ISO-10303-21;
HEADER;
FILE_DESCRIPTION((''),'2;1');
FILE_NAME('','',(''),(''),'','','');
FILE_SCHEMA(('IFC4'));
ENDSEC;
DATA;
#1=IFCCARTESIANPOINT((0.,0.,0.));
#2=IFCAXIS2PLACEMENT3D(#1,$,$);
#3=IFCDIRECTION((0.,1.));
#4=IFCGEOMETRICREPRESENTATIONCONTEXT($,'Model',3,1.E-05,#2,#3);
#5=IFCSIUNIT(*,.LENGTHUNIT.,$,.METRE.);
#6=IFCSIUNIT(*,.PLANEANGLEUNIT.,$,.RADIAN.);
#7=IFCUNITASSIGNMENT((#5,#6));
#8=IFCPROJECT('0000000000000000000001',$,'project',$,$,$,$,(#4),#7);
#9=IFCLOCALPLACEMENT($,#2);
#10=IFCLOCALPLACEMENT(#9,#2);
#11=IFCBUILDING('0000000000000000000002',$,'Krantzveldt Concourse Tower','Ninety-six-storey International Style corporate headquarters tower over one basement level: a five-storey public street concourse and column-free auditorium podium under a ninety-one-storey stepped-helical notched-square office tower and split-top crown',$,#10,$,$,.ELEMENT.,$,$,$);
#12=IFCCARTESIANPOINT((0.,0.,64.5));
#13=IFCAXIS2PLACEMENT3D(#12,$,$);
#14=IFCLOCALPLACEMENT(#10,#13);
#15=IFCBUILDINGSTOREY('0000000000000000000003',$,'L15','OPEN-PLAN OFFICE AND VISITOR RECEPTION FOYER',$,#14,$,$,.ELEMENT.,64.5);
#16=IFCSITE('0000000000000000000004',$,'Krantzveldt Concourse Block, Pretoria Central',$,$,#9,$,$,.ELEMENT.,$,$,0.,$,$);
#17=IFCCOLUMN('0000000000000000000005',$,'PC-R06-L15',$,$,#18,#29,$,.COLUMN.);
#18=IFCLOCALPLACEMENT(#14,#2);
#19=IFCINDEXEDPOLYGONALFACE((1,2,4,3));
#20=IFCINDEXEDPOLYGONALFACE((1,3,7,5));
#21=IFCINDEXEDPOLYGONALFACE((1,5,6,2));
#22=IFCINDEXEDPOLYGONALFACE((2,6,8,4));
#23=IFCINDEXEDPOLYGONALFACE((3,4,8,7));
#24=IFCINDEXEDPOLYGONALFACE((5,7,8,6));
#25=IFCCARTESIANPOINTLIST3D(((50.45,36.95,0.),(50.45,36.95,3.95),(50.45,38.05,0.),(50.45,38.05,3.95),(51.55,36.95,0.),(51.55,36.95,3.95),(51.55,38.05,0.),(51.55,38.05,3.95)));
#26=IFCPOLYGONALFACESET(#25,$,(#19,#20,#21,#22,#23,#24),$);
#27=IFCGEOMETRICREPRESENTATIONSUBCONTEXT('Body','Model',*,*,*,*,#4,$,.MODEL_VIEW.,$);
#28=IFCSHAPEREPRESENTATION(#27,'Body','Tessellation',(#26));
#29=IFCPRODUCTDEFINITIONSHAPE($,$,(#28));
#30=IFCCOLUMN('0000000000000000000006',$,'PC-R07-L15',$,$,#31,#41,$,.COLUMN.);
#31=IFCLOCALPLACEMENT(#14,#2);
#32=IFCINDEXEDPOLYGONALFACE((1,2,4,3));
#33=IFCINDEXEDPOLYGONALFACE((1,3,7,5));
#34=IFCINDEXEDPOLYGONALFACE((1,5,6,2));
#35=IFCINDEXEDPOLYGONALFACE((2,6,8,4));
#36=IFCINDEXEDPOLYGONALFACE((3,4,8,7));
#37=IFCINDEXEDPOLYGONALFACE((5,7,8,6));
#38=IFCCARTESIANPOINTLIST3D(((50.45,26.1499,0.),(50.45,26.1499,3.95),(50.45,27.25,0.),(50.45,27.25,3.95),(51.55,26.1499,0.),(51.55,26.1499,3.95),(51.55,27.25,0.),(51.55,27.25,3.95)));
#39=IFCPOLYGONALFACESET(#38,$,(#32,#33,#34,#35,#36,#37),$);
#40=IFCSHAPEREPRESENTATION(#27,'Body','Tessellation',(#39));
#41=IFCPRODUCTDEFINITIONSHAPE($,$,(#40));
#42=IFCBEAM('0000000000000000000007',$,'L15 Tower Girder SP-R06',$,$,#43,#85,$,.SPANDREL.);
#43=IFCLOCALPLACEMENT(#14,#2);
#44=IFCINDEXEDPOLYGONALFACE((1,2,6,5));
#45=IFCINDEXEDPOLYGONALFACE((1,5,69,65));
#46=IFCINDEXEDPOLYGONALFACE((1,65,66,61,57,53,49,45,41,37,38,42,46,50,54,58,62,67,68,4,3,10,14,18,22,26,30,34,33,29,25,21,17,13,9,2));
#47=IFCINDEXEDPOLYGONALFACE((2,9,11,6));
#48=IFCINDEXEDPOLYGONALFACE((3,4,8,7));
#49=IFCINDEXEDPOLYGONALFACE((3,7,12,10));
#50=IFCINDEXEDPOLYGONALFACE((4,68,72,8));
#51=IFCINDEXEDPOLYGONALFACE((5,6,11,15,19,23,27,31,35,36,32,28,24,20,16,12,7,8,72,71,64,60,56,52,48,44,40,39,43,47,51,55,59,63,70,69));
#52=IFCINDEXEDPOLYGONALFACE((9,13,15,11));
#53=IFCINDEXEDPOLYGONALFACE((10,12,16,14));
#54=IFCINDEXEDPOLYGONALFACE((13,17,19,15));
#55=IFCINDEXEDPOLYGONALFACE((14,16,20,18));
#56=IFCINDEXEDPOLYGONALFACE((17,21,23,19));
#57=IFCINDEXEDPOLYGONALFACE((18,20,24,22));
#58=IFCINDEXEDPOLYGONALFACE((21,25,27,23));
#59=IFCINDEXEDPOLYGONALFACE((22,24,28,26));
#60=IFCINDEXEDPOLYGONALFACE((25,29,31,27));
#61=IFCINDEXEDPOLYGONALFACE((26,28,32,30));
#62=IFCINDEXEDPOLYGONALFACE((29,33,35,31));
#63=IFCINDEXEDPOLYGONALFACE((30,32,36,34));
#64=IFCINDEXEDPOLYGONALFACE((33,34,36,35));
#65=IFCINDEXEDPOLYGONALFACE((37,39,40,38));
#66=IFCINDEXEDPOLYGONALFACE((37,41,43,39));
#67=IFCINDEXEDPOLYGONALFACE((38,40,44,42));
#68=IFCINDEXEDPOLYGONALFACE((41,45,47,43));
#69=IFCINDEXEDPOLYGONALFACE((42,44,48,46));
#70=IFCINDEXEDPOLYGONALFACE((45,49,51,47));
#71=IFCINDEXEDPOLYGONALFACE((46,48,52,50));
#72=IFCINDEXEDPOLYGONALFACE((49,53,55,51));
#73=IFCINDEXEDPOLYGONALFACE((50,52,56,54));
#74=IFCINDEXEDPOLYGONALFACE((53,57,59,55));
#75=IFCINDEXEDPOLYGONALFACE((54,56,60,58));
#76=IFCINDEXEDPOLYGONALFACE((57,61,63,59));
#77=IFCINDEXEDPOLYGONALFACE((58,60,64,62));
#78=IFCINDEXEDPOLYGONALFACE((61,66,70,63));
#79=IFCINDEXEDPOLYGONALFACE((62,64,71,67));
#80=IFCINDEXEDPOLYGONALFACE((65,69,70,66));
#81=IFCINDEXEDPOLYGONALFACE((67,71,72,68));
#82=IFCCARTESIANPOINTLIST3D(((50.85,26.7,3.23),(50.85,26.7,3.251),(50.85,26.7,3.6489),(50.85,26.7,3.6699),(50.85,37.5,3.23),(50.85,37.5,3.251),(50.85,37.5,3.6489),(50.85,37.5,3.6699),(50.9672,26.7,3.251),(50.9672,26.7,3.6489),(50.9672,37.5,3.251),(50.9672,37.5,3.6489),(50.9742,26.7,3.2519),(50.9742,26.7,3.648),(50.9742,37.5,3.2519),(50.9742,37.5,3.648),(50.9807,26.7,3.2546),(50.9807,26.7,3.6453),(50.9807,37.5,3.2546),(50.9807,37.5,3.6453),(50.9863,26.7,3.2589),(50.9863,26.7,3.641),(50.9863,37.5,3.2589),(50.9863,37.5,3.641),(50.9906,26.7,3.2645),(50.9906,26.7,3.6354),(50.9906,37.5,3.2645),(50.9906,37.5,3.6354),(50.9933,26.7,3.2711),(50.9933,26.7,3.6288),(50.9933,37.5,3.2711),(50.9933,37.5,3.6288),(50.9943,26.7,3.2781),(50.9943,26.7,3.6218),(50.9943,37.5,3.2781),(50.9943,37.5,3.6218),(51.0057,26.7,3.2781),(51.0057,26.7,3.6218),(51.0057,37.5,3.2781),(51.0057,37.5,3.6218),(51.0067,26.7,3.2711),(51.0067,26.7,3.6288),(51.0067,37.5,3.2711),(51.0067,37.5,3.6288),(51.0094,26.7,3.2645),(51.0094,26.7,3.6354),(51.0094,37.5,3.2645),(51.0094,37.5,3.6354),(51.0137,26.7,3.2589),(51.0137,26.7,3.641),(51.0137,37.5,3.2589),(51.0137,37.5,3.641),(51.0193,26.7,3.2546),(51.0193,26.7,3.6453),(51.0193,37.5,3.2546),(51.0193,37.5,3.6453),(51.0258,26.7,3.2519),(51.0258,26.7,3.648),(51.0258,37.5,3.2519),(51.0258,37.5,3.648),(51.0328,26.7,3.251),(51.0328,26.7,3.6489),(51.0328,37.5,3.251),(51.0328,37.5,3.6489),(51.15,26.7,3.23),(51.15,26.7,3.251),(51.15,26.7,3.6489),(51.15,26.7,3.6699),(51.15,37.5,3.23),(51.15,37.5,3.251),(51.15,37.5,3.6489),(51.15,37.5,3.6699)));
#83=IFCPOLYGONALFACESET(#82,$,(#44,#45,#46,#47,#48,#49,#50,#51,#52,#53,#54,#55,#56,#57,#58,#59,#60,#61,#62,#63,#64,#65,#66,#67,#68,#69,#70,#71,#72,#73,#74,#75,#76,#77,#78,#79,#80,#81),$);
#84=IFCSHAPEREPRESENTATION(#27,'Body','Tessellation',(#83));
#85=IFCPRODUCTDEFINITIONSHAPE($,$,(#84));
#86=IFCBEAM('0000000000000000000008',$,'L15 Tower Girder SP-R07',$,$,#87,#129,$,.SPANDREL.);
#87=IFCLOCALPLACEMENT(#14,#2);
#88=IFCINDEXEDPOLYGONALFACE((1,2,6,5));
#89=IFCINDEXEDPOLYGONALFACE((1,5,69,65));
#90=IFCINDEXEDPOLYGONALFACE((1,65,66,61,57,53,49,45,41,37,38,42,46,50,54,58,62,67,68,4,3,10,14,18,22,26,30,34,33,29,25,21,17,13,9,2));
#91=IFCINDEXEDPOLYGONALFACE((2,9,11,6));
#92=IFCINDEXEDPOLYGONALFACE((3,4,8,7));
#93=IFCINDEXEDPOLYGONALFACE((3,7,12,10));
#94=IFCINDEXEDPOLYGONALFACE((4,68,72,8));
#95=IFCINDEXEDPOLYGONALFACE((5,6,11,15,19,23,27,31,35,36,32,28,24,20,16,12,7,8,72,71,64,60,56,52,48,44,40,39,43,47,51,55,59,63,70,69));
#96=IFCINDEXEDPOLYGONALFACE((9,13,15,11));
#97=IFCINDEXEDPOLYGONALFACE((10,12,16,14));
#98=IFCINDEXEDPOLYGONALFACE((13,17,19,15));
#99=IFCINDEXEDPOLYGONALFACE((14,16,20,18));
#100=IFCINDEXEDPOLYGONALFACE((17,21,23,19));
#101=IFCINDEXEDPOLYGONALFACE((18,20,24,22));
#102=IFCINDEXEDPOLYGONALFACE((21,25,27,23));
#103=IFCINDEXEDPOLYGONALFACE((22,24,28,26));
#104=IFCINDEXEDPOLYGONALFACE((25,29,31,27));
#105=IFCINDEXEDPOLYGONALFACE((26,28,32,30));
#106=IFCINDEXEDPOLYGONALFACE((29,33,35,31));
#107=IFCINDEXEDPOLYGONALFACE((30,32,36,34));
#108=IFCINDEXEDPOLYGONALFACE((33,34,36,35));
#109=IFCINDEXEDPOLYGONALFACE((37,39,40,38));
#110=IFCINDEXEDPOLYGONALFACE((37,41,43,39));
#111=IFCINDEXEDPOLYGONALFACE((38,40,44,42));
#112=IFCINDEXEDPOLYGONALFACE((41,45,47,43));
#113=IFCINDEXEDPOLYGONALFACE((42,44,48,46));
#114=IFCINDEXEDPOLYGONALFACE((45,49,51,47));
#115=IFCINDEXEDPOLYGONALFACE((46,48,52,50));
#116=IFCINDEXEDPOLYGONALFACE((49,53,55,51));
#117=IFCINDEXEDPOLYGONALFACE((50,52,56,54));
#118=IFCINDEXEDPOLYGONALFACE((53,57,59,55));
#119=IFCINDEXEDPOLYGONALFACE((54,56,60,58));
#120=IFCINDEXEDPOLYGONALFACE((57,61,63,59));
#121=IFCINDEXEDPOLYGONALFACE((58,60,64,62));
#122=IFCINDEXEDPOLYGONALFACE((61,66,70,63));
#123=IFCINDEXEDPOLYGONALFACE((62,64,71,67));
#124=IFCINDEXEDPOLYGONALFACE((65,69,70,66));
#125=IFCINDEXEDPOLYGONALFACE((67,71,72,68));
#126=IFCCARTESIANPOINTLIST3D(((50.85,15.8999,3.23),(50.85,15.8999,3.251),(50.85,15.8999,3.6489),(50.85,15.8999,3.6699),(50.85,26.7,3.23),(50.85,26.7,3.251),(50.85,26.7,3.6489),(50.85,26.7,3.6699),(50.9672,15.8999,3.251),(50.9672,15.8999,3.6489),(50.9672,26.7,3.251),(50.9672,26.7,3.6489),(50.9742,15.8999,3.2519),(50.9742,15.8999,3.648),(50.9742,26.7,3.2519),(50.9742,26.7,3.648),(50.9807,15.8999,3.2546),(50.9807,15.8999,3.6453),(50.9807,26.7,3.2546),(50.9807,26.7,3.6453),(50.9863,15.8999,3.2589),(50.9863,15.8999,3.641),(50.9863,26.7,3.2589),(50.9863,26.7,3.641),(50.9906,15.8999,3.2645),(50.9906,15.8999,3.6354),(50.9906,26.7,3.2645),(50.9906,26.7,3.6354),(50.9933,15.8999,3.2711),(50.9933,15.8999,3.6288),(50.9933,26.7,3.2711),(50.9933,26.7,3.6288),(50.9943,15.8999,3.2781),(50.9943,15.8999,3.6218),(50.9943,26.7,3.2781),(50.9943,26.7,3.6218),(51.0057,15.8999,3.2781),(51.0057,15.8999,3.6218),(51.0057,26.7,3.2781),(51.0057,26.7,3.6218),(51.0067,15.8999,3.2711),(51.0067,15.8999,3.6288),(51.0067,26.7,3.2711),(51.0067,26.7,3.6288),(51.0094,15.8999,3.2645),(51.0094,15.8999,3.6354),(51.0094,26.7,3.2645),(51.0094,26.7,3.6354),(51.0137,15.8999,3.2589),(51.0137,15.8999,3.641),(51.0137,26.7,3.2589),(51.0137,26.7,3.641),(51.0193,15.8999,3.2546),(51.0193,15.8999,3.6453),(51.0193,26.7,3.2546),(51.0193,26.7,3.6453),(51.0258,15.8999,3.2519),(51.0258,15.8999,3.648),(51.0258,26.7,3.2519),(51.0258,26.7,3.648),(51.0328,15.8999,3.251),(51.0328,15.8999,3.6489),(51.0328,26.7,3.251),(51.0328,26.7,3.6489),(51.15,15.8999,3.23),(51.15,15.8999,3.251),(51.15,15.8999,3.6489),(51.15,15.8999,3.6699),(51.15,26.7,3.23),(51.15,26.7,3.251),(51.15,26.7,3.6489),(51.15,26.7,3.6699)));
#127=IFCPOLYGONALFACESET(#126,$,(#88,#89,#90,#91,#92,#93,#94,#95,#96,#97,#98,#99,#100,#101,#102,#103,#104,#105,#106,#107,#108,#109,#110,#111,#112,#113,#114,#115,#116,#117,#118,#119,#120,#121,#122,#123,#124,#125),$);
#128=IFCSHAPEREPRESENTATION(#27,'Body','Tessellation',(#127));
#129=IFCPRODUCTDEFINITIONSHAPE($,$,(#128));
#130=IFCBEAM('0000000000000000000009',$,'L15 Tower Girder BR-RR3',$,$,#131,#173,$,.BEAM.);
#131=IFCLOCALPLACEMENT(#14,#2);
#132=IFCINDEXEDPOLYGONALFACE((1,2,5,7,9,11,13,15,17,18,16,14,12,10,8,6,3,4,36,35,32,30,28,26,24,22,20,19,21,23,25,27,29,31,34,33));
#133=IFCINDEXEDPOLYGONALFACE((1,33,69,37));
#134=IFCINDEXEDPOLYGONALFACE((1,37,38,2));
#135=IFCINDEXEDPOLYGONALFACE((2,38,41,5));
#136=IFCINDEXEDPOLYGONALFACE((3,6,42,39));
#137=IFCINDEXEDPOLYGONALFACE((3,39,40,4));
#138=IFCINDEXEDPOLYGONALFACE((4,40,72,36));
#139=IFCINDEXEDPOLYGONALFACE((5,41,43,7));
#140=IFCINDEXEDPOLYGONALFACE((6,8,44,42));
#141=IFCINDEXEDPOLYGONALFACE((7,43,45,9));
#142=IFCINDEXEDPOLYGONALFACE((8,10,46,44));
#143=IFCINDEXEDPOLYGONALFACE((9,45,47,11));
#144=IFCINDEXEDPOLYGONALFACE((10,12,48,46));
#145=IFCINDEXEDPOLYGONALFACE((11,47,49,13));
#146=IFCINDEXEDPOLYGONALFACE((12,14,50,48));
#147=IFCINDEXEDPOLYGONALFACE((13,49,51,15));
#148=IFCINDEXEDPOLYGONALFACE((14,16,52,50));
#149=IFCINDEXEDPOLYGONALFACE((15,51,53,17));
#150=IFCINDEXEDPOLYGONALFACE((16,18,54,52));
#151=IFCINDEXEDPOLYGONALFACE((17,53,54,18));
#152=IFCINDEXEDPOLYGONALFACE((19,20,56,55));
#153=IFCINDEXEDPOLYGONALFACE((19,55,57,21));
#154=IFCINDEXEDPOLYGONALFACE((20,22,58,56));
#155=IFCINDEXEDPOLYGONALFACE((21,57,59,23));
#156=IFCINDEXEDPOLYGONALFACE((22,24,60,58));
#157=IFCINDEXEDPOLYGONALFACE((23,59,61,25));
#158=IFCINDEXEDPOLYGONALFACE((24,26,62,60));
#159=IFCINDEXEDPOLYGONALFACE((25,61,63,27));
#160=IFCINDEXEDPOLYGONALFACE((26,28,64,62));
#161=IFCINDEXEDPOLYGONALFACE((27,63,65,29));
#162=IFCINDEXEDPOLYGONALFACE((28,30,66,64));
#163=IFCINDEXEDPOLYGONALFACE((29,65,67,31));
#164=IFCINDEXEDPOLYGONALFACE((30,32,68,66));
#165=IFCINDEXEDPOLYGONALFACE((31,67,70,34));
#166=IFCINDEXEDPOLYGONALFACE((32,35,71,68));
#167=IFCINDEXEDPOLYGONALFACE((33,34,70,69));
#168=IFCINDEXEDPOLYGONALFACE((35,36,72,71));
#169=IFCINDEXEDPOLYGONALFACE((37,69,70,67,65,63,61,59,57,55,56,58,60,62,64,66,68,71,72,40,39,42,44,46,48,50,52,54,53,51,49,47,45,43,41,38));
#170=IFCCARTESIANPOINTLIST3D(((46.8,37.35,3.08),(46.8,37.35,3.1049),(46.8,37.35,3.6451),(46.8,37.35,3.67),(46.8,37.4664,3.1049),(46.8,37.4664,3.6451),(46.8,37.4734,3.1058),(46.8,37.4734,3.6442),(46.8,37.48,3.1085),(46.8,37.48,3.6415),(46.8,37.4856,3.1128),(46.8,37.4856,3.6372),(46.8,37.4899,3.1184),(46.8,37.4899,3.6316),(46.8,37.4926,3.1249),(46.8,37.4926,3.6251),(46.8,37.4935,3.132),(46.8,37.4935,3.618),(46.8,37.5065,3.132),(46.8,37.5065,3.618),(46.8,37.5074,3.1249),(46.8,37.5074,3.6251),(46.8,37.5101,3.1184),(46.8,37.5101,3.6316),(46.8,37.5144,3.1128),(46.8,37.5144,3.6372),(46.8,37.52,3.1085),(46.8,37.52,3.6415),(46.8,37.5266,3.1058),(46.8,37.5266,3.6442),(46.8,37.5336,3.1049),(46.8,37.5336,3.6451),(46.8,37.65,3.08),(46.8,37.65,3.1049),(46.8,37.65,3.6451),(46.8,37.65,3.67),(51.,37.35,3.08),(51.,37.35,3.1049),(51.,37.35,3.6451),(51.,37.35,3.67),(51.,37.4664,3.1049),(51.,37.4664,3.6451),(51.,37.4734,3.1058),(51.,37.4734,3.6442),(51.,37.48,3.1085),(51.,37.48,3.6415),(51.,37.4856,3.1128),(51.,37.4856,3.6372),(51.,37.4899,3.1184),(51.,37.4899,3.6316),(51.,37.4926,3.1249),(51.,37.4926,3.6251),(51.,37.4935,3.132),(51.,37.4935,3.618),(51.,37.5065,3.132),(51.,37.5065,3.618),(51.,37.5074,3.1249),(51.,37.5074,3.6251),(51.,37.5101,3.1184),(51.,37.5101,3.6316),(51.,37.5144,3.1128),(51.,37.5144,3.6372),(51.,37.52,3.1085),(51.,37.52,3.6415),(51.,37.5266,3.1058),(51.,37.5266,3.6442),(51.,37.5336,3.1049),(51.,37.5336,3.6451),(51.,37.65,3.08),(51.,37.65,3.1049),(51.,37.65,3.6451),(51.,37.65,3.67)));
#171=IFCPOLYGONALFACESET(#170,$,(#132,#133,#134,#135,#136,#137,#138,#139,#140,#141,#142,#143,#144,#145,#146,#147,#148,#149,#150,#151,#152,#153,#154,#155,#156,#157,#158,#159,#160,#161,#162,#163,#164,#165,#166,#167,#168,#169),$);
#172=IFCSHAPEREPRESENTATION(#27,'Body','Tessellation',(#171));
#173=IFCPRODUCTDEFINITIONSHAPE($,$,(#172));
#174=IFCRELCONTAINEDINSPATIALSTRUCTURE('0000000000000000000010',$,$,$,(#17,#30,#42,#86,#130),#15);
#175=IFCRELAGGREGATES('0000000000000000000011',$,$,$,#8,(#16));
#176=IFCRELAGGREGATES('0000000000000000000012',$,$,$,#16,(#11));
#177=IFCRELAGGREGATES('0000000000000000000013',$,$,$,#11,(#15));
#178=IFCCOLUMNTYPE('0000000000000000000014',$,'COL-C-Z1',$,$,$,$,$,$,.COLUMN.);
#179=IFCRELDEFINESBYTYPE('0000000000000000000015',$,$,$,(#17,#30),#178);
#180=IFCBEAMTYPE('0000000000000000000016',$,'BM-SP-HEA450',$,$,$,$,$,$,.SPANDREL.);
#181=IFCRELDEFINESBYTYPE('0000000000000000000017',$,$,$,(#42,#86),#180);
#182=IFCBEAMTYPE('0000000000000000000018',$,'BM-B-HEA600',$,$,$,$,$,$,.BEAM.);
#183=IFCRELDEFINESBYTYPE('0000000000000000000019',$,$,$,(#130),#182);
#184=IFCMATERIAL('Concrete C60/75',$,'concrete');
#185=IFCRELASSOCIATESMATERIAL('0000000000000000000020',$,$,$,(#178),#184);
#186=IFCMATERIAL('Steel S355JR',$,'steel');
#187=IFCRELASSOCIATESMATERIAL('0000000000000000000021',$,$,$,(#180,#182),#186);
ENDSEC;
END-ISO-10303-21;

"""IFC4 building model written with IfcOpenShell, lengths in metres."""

from ifc_helpers import new_model, si_unit, direction, frame, origin, origin_2d, place, context, subcontext, project, spatial, rectangle, i_section, extrude, source, transform, mapped, material, material_profile, profile_set, type_object, type_shapes, element, save


model = new_model("IFC4")

# Units and contexts
model_context = context("Model", 3, precision=1e-05, world=origin(), true_north=direction((0.0, 1.0)))
body_context = subcontext(model_context, "Body", "Model", "MODEL_VIEW")
ifc_project = project(units=[si_unit("LENGTHUNIT", "METRE"), si_unit("PLANEANGLEUNIT", "RADIAN")], contexts=[model_context])

# Site, building, storey
site_placement = place(None, origin())
site = spatial("IfcSite", under=ifc_project, at=site_placement, Name="Krantzveldt Concourse Block, Pretoria Central", CompositionType="ELEMENT", RefElevation=0.0)
building_placement = place(site_placement, origin())
building = spatial("IfcBuilding", under=site, at=building_placement, Name="Krantzveldt Concourse Tower", Description="Ninety-six-storey International Style corporate headquarters tower over one basement level: a five-storey public street concourse and column-free auditorium podium under a ninety-one-storey stepped-helical notched-square office tower and split-top crown", CompositionType="ELEMENT")
storey_placement = place(building_placement, frame((0.0, 0.0, 64.5)))
storey = spatial("IfcBuildingStorey", under=building, at=storey_placement, Name="L15", Description="OPEN-PLAN OFFICE AND VISITOR RECEPTION FOYER", CompositionType="ELEMENT", Elevation=64.5)

# Columns
ifc_material_1 = material(Name="Concrete C60/75", Category="concrete")
ifc_material_profile_1 = material_profile(ifc_material_1, rectangle(XDim=1.1001, YDim=1.1001, at=origin_2d()), Name="Concrete C60/75", Category="concrete")
ifc_profile_set_1 = profile_set([ifc_material_profile_1], Name="Concrete C60/75 - RC 1100x1100")
column_type = type_object("IfcColumnType", Name="COL-C-Z1", PredefinedType="COLUMN", material=ifc_profile_set_1)
shared_shape_1 = source(origin(), body_context, "Body", "SweptSolid", [
    extrude(rectangle(XDim=1.1001, YDim=1.1001, at=origin_2d()), origin(), (0.0, 0.0, 1.0), 3.95),
])
type_shapes(column_type, [shared_shape_1])
for number, where, z_axis, x_axis, name in (
    (1, (51.0, 37.5, 0.0), (0.0, 0.0, 1.0), (1.0, 0.0, 0.0), "PC-R06-L15"),
    (2, (51.0, 26.7, 0.0), (0.0, 0.0, 1.0), (1.0, 0.0, 0.0), "PC-R07-L15"),
):
    element("IfcColumn", number, at=place(storey_placement, frame(where, z_axis=z_axis, x_axis=x_axis)), inside=storey, type_object=column_type, Name=name, PredefinedType="COLUMN", context=body_context, shape_type="MappedRepresentation", body=[
        mapped(shared_shape_1, transform((0.0, 0.0, 0.0), x_axis=(1.0, 0.0, 0.0), y_axis=(0.0, 1.0, 0.0), z_axis=(0.0, 0.0, 1.0), scale=1.0)),
    ])

# Beams
ifc_material_2 = material(Name="Steel S355JR", Category="steel")
ifc_material_profile_2 = material_profile(ifc_material_2, i_section(OverallWidth=0.3, OverallDepth=0.4399, WebThickness=0.0115, FlangeThickness=0.021, FilletRadius=0.0271, at=origin_2d()), Name="Steel S355JR", Category="steel")
ifc_profile_set_2 = profile_set([ifc_material_profile_2], Name="Steel S355JR - HEA 450")
beam_type_1 = type_object("IfcBeamType", Name="BM-SP-HEA450", PredefinedType="SPANDREL", material=ifc_profile_set_2)
shared_shape_2 = source(origin(), body_context, "Body", "SweptSolid", [
    extrude(i_section(OverallWidth=0.3, OverallDepth=0.4399, WebThickness=0.0115, FlangeThickness=0.021, FilletRadius=0.0271, at=origin_2d()), origin(), (0.0, 0.0, 1.0), 10.8),
])
type_shapes(beam_type_1, [shared_shape_2])
for number, where, z_axis, x_axis, name in (
    (3, (51.0, 37.5, 3.45), (0.0, -1.0, 0.0), (1.0, 0.0, 0.0), "L15 Tower Girder SP-R06"),
    (4, (51.0, 26.7, 3.45), (0.0, -1.0, 0.0), (1.0, 0.0, 0.0), "L15 Tower Girder SP-R07"),
):
    element("IfcBeam", number, at=place(storey_placement, frame(where, z_axis=z_axis, x_axis=x_axis)), inside=storey, type_object=beam_type_1, Name=name, PredefinedType="SPANDREL", context=body_context, shape_type="MappedRepresentation", body=[
        mapped(shared_shape_2, transform((0.0, 0.0, 0.0), x_axis=(1.0, 0.0, 0.0), y_axis=(0.0, 1.0, 0.0), z_axis=(0.0, 0.0, 1.0), scale=1.0)),
    ])
ifc_material_profile_3 = material_profile(ifc_material_2, i_section(OverallWidth=0.3, OverallDepth=0.5901, WebThickness=0.0129, FlangeThickness=0.0249, FilletRadius=0.0271, at=origin_2d()), Name="Steel S355JR", Category="steel")
ifc_profile_set_3 = profile_set([ifc_material_profile_3], Name="Steel S355JR - HEA 600")
beam_type_2 = type_object("IfcBeamType", Name="BM-B-HEA600", PredefinedType="BEAM", material=ifc_profile_set_3)
shared_shape_3 = source(origin(), body_context, "Body", "SweptSolid", [
    extrude(i_section(OverallWidth=0.3, OverallDepth=0.5901, WebThickness=0.0129, FlangeThickness=0.0249, FilletRadius=0.0271, at=origin_2d()), origin(), (0.0, 0.0, 1.0), 4.2),
])
type_shapes(beam_type_2, [shared_shape_3])
beam_placement = place(storey_placement, frame((46.8, 37.5, 3.375), z_axis=(1.0, 0.0, 0.0), x_axis=(0.0, 1.0, 0.0)))
element("IfcBeam", 5, at=beam_placement, inside=storey, type_object=beam_type_2, Name="L15 Tower Girder BR-RR3", PredefinedType="BEAM", context=body_context, shape_type="MappedRepresentation", body=[
    mapped(shared_shape_3, transform((0.0, 0.0, 0.0), x_axis=(1.0, 0.0, 0.0), y_axis=(0.0, 1.0, 0.0), z_axis=(0.0, 0.0, 1.0), scale=1.0)),
])

save(model, "model.ifc")
